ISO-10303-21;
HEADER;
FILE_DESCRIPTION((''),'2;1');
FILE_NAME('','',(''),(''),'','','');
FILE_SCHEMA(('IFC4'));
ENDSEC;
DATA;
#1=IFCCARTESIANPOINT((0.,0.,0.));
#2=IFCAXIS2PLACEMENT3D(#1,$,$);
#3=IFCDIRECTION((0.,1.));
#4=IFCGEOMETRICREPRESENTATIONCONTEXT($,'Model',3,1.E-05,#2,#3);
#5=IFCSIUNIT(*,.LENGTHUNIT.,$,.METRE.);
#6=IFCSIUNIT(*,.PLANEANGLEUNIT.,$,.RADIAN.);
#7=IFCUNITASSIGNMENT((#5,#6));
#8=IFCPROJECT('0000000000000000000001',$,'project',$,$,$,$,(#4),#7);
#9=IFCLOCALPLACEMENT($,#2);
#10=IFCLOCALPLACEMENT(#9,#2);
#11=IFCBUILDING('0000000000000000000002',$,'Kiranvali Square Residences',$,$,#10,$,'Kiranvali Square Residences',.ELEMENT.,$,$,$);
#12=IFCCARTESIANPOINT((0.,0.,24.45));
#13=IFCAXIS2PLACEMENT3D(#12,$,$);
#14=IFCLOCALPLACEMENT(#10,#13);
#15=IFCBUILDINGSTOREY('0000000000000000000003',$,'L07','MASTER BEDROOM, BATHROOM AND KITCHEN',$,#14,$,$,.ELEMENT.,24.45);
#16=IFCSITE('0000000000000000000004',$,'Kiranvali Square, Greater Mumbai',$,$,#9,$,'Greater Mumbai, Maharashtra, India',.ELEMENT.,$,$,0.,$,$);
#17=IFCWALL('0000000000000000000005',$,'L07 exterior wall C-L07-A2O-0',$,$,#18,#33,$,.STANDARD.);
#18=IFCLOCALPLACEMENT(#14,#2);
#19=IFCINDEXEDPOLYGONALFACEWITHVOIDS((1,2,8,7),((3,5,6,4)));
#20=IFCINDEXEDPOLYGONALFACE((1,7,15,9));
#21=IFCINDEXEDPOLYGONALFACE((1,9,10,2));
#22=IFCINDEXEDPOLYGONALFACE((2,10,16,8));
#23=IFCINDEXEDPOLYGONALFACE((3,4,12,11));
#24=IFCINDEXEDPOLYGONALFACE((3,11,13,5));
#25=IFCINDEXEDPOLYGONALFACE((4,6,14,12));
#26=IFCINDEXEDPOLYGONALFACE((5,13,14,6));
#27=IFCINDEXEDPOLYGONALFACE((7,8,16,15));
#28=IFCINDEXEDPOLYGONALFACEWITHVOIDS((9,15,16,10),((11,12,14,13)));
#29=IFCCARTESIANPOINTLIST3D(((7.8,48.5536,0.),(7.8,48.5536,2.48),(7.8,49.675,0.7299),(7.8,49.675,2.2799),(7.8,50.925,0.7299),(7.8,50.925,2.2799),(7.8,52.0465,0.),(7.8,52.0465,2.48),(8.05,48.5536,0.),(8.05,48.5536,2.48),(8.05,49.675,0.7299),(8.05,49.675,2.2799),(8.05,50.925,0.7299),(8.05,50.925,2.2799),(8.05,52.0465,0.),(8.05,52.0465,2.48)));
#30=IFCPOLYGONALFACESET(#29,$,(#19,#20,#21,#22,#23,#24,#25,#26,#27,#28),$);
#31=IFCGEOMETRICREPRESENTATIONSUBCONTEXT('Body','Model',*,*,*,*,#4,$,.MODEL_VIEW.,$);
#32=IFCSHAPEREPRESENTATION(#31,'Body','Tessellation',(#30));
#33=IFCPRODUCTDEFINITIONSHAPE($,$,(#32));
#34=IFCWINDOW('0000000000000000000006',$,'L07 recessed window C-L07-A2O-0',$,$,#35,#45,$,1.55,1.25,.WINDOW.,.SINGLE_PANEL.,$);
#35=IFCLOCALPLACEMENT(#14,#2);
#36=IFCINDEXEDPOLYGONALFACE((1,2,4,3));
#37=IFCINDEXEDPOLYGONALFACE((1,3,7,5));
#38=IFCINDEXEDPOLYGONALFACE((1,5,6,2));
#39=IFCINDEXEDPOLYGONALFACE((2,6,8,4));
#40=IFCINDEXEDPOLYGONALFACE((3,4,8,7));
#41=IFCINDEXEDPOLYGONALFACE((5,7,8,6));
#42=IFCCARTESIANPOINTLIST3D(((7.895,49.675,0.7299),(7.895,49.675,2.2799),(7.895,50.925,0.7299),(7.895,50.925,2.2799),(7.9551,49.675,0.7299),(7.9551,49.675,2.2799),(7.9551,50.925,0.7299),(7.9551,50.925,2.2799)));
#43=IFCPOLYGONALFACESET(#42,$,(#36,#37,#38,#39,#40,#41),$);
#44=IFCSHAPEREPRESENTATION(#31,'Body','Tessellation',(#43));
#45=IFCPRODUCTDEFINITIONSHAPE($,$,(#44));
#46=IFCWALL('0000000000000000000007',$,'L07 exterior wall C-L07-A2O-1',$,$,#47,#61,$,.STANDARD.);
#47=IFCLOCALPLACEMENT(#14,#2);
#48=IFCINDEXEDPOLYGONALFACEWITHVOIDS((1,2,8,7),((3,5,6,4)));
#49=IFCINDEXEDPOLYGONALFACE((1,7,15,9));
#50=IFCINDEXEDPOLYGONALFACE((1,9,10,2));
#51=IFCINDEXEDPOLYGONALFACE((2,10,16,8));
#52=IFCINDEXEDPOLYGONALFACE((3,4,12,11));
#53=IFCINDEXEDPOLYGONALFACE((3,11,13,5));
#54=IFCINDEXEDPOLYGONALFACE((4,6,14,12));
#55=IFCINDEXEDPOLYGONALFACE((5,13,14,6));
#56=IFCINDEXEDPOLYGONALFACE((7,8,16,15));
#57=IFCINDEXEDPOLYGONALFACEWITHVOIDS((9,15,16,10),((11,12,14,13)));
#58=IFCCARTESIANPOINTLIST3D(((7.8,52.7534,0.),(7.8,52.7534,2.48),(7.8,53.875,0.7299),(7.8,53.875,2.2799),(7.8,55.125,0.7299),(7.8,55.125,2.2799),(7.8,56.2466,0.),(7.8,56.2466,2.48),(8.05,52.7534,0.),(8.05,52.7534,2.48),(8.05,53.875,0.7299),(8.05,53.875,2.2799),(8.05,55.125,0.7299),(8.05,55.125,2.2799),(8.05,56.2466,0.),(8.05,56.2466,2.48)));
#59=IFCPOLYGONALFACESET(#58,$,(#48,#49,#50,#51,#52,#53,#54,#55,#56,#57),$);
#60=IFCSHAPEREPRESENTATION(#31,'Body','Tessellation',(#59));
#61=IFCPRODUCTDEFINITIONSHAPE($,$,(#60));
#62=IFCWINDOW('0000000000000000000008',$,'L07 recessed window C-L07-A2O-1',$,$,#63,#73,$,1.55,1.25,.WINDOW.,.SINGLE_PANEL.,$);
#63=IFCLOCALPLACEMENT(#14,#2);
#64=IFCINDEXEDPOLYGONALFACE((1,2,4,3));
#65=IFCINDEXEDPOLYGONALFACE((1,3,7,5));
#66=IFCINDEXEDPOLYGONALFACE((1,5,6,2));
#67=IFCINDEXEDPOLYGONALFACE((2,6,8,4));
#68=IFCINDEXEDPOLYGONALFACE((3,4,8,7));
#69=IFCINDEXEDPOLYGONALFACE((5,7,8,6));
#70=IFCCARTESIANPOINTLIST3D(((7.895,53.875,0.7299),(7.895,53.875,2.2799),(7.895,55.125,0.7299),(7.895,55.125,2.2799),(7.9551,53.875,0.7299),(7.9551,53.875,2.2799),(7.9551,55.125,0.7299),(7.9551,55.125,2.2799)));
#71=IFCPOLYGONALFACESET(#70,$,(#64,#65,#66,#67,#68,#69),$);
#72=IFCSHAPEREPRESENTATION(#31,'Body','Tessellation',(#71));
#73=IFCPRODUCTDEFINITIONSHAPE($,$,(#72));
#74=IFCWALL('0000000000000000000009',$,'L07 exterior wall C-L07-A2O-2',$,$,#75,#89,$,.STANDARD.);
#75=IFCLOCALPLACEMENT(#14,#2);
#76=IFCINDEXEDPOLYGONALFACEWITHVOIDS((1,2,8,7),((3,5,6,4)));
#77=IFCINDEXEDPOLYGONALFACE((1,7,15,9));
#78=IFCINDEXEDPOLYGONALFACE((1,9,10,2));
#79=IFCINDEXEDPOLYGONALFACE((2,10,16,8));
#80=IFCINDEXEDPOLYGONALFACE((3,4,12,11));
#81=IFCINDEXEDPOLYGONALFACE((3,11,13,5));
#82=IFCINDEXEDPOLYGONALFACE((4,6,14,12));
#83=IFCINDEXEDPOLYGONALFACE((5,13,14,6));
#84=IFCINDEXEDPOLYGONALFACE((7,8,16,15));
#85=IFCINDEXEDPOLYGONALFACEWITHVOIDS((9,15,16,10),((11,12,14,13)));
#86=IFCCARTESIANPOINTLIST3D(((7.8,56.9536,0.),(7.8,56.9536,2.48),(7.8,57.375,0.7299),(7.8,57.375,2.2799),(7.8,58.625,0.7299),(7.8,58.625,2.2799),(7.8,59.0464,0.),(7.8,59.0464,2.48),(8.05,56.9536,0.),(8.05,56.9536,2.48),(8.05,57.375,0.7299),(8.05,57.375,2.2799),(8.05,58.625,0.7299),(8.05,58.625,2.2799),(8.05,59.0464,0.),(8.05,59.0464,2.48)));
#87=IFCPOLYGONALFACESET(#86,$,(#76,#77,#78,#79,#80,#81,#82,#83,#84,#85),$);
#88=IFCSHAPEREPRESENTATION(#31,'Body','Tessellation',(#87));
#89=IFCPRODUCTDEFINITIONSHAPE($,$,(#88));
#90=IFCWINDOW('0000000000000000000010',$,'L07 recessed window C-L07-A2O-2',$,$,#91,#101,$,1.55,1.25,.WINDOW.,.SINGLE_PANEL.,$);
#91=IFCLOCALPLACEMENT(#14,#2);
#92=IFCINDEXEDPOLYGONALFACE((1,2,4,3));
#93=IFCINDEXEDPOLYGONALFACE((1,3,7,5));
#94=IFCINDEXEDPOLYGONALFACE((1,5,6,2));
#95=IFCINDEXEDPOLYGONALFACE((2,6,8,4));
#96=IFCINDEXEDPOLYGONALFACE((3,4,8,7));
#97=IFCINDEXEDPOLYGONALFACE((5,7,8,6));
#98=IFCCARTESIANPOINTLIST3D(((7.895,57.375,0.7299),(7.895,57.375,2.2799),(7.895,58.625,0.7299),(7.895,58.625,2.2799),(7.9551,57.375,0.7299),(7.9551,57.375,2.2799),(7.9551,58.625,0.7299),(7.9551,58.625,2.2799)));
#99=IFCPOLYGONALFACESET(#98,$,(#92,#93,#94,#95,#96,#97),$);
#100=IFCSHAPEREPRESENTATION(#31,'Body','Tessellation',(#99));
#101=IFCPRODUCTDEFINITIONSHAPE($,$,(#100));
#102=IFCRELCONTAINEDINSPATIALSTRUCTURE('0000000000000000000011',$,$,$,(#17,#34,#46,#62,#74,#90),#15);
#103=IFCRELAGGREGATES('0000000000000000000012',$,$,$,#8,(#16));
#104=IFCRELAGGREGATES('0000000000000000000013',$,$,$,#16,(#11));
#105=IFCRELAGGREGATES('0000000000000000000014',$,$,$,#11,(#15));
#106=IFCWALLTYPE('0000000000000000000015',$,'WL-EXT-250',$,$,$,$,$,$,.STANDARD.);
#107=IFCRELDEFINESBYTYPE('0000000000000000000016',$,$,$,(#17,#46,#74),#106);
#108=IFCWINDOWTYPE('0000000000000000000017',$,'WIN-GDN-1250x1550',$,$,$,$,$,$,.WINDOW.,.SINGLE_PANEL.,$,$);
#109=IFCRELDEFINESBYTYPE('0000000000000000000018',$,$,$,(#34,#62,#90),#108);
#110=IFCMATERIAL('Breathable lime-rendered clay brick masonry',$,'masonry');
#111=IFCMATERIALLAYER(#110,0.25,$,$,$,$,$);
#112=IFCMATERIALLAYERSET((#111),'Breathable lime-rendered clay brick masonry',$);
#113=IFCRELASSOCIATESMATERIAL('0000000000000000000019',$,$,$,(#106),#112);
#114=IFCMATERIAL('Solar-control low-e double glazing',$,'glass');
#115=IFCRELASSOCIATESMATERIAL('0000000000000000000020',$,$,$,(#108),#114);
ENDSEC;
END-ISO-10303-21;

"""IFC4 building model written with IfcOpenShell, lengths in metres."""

from ifc_helpers import new_model, si_unit, direction, frame, frame_2d, origin, place, context, subcontext, project, spatial, rectangle, extrude, material, layer, layer_set, type_object, element, fill, save


model = new_model("IFC4")

# Units and contexts
model_context = context("Model", 3, precision=1e-05, world=origin(), true_north=direction((0.0, 1.0)))
body_context = subcontext(model_context, "Body", "Model", "MODEL_VIEW")
ifc_project = project(units=[si_unit("LENGTHUNIT", "METRE"), si_unit("PLANEANGLEUNIT", "RADIAN")], contexts=[model_context])

# Site, building, storey
site_placement = place(None, origin())
site = spatial("IfcSite", under=ifc_project, at=site_placement, Name="Kiranvali Square, Greater Mumbai", LongName="Greater Mumbai, Maharashtra, India", CompositionType="ELEMENT", RefElevation=0.0)
building_placement = place(site_placement, origin())
building = spatial("IfcBuilding", under=site, at=building_placement, Name="Kiranvali Square Residences", LongName="Kiranvali Square Residences", CompositionType="ELEMENT")
storey_placement = place(building_placement, frame((0.0, 0.0, 24.45)))
storey = spatial("IfcBuildingStorey", under=building, at=storey_placement, Name="L07", Description="MASTER BEDROOM, BATHROOM AND KITCHEN", CompositionType="ELEMENT", Elevation=24.45)

# Walls, openings, windows
ifc_material_1 = material(Name="Breathable lime-rendered clay brick masonry", Category="masonry")
ifc_layer = layer(ifc_material_1, 0.25)
ifc_layer_set = layer_set([ifc_layer], Name="Breathable lime-rendered clay brick masonry")
wall_type = type_object("IfcWallType", Name="WL-EXT-250", PredefinedType="STANDARD", material=ifc_layer_set)
wall_1_placement = place(storey_placement, frame((7.925, 48.5535, 0.0), z_axis=(0.0, 0.0, 1.0), x_axis=(0.0, 1.0, 0.0)))
wall_1 = element("IfcWall", 1, at=wall_1_placement, inside=storey, type_object=wall_type, Name="L07 exterior wall C-L07-A2O-0", PredefinedType="STANDARD", context=body_context, shape_type="SweptSolid", body=[
    extrude(rectangle(XDim=3.4929, YDim=0.25, at=frame_2d((1.7466, 0.0))), origin(), (0.0, 0.0, 1.0), 2.48),
])
opening_1_placement = place(wall_1_placement, frame((1.1216, 0.0, 0.73)))
opening_1 = element("IfcOpeningElement", 2, at=opening_1_placement, cuts=wall_1, PredefinedType="OPENING", context=body_context, shape_type="SweptSolid", body=[
    extrude(rectangle(XDim=1.25, YDim=1.55, at=frame_2d((0.625, 0.7749))), frame((0.0, 0.135, 0.0), z_axis=(0.0, -1.0, 0.0), x_axis=(1.0, 0.0, 0.0)), (0.0, 0.0, 1.0), 0.27),
])
ifc_material_2 = material(Name="Solar-control low-e double glazing", Category="glass")
window_type = type_object("IfcWindowType", Name="WIN-GDN-1250x1550", PartitioningType="SINGLE_PANEL", PredefinedType="WINDOW", material=ifc_material_2)
window_1_placement = place(opening_1_placement, origin())
window_1 = element("IfcWindow", 3, at=window_1_placement, inside=storey, type_object=window_type, Name="L07 recessed window C-L07-A2O-0", OverallHeight=1.55, OverallWidth=1.25, PartitioningType="SINGLE_PANEL", PredefinedType="WINDOW", context=body_context, shape_type="SweptSolid", body=[
    extrude(rectangle(XDim=1.25, YDim=1.55, at=frame_2d((0.625, 0.7749))), frame((0.0, 0.03, 0.0), z_axis=(0.0, -1.0, 0.0), x_axis=(1.0, 0.0, 0.0)), (0.0, 0.0, 1.0), 0.0601),
])
fill(opening_1, window_1)
wall_2_placement = place(storey_placement, frame((7.925, 52.7534, 0.0), z_axis=(0.0, 0.0, 1.0), x_axis=(0.0, 1.0, 0.0)))
wall_2 = element("IfcWall", 4, at=wall_2_placement, inside=storey, type_object=wall_type, Name="L07 exterior wall C-L07-A2O-1", PredefinedType="STANDARD", context=body_context, shape_type="SweptSolid", body=[
    extrude(rectangle(XDim=3.4932, YDim=0.25, at=frame_2d((1.7466, 0.0))), origin(), (0.0, 0.0, 1.0), 2.48),
])
opening_2_placement = place(wall_2_placement, frame((1.1216, 0.0, 0.73)))
opening_2 = element("IfcOpeningElement", 5, at=opening_2_placement, cuts=wall_2, PredefinedType="OPENING", context=body_context, shape_type="SweptSolid", body=[
    extrude(rectangle(XDim=1.25, YDim=1.55, at=frame_2d((0.625, 0.7749))), frame((0.0, 0.135, 0.0), z_axis=(0.0, -1.0, 0.0), x_axis=(1.0, 0.0, 0.0)), (0.0, 0.0, 1.0), 0.27),
])
window_2_placement = place(opening_2_placement, origin())
window_2 = element("IfcWindow", 6, at=window_2_placement, inside=storey, type_object=window_type, Name="L07 recessed window C-L07-A2O-1", OverallHeight=1.55, OverallWidth=1.25, PartitioningType="SINGLE_PANEL", PredefinedType="WINDOW", context=body_context, shape_type="SweptSolid", body=[
    extrude(rectangle(XDim=1.25, YDim=1.55, at=frame_2d((0.625, 0.7749))), frame((0.0, 0.03, 0.0), z_axis=(0.0, -1.0, 0.0), x_axis=(1.0, 0.0, 0.0)), (0.0, 0.0, 1.0), 0.0601),
])
fill(opening_2, window_2)
wall_3_placement = place(storey_placement, frame((7.925, 56.9536, 0.0), z_axis=(0.0, 0.0, 1.0), x_axis=(0.0, 1.0, 0.0)))
wall_3 = element("IfcWall", 7, at=wall_3_placement, inside=storey, type_object=wall_type, Name="L07 exterior wall C-L07-A2O-2", PredefinedType="STANDARD", context=body_context, shape_type="SweptSolid", body=[
    extrude(rectangle(XDim=2.0928, YDim=0.25, at=frame_2d((1.0464, 0.0))), origin(), (0.0, 0.0, 1.0), 2.48),
])
opening_3_placement = place(wall_3_placement, frame((0.4214, 0.0, 0.73)))
opening_3 = element("IfcOpeningElement", 8, at=opening_3_placement, cuts=wall_3, PredefinedType="OPENING", context=body_context, shape_type="SweptSolid", body=[
    extrude(rectangle(XDim=1.25, YDim=1.55, at=frame_2d((0.625, 0.7749))), frame((0.0, 0.135, 0.0), z_axis=(0.0, -1.0, 0.0), x_axis=(1.0, 0.0, 0.0)), (0.0, 0.0, 1.0), 0.27),
])
window_3_placement = place(opening_3_placement, origin())
window_3 = element("IfcWindow", 9, at=window_3_placement, inside=storey, type_object=window_type, Name="L07 recessed window C-L07-A2O-2", OverallHeight=1.55, OverallWidth=1.25, PartitioningType="SINGLE_PANEL", PredefinedType="WINDOW", context=body_context, shape_type="SweptSolid", body=[
    extrude(rectangle(XDim=1.25, YDim=1.55, at=frame_2d((0.625, 0.7749))), frame((0.0, 0.03, 0.0), z_axis=(0.0, -1.0, 0.0), x_axis=(1.0, 0.0, 0.0)), (0.0, 0.0, 1.0), 0.0601),
])
fill(opening_3, window_3)

save(model, "model.ifc")
